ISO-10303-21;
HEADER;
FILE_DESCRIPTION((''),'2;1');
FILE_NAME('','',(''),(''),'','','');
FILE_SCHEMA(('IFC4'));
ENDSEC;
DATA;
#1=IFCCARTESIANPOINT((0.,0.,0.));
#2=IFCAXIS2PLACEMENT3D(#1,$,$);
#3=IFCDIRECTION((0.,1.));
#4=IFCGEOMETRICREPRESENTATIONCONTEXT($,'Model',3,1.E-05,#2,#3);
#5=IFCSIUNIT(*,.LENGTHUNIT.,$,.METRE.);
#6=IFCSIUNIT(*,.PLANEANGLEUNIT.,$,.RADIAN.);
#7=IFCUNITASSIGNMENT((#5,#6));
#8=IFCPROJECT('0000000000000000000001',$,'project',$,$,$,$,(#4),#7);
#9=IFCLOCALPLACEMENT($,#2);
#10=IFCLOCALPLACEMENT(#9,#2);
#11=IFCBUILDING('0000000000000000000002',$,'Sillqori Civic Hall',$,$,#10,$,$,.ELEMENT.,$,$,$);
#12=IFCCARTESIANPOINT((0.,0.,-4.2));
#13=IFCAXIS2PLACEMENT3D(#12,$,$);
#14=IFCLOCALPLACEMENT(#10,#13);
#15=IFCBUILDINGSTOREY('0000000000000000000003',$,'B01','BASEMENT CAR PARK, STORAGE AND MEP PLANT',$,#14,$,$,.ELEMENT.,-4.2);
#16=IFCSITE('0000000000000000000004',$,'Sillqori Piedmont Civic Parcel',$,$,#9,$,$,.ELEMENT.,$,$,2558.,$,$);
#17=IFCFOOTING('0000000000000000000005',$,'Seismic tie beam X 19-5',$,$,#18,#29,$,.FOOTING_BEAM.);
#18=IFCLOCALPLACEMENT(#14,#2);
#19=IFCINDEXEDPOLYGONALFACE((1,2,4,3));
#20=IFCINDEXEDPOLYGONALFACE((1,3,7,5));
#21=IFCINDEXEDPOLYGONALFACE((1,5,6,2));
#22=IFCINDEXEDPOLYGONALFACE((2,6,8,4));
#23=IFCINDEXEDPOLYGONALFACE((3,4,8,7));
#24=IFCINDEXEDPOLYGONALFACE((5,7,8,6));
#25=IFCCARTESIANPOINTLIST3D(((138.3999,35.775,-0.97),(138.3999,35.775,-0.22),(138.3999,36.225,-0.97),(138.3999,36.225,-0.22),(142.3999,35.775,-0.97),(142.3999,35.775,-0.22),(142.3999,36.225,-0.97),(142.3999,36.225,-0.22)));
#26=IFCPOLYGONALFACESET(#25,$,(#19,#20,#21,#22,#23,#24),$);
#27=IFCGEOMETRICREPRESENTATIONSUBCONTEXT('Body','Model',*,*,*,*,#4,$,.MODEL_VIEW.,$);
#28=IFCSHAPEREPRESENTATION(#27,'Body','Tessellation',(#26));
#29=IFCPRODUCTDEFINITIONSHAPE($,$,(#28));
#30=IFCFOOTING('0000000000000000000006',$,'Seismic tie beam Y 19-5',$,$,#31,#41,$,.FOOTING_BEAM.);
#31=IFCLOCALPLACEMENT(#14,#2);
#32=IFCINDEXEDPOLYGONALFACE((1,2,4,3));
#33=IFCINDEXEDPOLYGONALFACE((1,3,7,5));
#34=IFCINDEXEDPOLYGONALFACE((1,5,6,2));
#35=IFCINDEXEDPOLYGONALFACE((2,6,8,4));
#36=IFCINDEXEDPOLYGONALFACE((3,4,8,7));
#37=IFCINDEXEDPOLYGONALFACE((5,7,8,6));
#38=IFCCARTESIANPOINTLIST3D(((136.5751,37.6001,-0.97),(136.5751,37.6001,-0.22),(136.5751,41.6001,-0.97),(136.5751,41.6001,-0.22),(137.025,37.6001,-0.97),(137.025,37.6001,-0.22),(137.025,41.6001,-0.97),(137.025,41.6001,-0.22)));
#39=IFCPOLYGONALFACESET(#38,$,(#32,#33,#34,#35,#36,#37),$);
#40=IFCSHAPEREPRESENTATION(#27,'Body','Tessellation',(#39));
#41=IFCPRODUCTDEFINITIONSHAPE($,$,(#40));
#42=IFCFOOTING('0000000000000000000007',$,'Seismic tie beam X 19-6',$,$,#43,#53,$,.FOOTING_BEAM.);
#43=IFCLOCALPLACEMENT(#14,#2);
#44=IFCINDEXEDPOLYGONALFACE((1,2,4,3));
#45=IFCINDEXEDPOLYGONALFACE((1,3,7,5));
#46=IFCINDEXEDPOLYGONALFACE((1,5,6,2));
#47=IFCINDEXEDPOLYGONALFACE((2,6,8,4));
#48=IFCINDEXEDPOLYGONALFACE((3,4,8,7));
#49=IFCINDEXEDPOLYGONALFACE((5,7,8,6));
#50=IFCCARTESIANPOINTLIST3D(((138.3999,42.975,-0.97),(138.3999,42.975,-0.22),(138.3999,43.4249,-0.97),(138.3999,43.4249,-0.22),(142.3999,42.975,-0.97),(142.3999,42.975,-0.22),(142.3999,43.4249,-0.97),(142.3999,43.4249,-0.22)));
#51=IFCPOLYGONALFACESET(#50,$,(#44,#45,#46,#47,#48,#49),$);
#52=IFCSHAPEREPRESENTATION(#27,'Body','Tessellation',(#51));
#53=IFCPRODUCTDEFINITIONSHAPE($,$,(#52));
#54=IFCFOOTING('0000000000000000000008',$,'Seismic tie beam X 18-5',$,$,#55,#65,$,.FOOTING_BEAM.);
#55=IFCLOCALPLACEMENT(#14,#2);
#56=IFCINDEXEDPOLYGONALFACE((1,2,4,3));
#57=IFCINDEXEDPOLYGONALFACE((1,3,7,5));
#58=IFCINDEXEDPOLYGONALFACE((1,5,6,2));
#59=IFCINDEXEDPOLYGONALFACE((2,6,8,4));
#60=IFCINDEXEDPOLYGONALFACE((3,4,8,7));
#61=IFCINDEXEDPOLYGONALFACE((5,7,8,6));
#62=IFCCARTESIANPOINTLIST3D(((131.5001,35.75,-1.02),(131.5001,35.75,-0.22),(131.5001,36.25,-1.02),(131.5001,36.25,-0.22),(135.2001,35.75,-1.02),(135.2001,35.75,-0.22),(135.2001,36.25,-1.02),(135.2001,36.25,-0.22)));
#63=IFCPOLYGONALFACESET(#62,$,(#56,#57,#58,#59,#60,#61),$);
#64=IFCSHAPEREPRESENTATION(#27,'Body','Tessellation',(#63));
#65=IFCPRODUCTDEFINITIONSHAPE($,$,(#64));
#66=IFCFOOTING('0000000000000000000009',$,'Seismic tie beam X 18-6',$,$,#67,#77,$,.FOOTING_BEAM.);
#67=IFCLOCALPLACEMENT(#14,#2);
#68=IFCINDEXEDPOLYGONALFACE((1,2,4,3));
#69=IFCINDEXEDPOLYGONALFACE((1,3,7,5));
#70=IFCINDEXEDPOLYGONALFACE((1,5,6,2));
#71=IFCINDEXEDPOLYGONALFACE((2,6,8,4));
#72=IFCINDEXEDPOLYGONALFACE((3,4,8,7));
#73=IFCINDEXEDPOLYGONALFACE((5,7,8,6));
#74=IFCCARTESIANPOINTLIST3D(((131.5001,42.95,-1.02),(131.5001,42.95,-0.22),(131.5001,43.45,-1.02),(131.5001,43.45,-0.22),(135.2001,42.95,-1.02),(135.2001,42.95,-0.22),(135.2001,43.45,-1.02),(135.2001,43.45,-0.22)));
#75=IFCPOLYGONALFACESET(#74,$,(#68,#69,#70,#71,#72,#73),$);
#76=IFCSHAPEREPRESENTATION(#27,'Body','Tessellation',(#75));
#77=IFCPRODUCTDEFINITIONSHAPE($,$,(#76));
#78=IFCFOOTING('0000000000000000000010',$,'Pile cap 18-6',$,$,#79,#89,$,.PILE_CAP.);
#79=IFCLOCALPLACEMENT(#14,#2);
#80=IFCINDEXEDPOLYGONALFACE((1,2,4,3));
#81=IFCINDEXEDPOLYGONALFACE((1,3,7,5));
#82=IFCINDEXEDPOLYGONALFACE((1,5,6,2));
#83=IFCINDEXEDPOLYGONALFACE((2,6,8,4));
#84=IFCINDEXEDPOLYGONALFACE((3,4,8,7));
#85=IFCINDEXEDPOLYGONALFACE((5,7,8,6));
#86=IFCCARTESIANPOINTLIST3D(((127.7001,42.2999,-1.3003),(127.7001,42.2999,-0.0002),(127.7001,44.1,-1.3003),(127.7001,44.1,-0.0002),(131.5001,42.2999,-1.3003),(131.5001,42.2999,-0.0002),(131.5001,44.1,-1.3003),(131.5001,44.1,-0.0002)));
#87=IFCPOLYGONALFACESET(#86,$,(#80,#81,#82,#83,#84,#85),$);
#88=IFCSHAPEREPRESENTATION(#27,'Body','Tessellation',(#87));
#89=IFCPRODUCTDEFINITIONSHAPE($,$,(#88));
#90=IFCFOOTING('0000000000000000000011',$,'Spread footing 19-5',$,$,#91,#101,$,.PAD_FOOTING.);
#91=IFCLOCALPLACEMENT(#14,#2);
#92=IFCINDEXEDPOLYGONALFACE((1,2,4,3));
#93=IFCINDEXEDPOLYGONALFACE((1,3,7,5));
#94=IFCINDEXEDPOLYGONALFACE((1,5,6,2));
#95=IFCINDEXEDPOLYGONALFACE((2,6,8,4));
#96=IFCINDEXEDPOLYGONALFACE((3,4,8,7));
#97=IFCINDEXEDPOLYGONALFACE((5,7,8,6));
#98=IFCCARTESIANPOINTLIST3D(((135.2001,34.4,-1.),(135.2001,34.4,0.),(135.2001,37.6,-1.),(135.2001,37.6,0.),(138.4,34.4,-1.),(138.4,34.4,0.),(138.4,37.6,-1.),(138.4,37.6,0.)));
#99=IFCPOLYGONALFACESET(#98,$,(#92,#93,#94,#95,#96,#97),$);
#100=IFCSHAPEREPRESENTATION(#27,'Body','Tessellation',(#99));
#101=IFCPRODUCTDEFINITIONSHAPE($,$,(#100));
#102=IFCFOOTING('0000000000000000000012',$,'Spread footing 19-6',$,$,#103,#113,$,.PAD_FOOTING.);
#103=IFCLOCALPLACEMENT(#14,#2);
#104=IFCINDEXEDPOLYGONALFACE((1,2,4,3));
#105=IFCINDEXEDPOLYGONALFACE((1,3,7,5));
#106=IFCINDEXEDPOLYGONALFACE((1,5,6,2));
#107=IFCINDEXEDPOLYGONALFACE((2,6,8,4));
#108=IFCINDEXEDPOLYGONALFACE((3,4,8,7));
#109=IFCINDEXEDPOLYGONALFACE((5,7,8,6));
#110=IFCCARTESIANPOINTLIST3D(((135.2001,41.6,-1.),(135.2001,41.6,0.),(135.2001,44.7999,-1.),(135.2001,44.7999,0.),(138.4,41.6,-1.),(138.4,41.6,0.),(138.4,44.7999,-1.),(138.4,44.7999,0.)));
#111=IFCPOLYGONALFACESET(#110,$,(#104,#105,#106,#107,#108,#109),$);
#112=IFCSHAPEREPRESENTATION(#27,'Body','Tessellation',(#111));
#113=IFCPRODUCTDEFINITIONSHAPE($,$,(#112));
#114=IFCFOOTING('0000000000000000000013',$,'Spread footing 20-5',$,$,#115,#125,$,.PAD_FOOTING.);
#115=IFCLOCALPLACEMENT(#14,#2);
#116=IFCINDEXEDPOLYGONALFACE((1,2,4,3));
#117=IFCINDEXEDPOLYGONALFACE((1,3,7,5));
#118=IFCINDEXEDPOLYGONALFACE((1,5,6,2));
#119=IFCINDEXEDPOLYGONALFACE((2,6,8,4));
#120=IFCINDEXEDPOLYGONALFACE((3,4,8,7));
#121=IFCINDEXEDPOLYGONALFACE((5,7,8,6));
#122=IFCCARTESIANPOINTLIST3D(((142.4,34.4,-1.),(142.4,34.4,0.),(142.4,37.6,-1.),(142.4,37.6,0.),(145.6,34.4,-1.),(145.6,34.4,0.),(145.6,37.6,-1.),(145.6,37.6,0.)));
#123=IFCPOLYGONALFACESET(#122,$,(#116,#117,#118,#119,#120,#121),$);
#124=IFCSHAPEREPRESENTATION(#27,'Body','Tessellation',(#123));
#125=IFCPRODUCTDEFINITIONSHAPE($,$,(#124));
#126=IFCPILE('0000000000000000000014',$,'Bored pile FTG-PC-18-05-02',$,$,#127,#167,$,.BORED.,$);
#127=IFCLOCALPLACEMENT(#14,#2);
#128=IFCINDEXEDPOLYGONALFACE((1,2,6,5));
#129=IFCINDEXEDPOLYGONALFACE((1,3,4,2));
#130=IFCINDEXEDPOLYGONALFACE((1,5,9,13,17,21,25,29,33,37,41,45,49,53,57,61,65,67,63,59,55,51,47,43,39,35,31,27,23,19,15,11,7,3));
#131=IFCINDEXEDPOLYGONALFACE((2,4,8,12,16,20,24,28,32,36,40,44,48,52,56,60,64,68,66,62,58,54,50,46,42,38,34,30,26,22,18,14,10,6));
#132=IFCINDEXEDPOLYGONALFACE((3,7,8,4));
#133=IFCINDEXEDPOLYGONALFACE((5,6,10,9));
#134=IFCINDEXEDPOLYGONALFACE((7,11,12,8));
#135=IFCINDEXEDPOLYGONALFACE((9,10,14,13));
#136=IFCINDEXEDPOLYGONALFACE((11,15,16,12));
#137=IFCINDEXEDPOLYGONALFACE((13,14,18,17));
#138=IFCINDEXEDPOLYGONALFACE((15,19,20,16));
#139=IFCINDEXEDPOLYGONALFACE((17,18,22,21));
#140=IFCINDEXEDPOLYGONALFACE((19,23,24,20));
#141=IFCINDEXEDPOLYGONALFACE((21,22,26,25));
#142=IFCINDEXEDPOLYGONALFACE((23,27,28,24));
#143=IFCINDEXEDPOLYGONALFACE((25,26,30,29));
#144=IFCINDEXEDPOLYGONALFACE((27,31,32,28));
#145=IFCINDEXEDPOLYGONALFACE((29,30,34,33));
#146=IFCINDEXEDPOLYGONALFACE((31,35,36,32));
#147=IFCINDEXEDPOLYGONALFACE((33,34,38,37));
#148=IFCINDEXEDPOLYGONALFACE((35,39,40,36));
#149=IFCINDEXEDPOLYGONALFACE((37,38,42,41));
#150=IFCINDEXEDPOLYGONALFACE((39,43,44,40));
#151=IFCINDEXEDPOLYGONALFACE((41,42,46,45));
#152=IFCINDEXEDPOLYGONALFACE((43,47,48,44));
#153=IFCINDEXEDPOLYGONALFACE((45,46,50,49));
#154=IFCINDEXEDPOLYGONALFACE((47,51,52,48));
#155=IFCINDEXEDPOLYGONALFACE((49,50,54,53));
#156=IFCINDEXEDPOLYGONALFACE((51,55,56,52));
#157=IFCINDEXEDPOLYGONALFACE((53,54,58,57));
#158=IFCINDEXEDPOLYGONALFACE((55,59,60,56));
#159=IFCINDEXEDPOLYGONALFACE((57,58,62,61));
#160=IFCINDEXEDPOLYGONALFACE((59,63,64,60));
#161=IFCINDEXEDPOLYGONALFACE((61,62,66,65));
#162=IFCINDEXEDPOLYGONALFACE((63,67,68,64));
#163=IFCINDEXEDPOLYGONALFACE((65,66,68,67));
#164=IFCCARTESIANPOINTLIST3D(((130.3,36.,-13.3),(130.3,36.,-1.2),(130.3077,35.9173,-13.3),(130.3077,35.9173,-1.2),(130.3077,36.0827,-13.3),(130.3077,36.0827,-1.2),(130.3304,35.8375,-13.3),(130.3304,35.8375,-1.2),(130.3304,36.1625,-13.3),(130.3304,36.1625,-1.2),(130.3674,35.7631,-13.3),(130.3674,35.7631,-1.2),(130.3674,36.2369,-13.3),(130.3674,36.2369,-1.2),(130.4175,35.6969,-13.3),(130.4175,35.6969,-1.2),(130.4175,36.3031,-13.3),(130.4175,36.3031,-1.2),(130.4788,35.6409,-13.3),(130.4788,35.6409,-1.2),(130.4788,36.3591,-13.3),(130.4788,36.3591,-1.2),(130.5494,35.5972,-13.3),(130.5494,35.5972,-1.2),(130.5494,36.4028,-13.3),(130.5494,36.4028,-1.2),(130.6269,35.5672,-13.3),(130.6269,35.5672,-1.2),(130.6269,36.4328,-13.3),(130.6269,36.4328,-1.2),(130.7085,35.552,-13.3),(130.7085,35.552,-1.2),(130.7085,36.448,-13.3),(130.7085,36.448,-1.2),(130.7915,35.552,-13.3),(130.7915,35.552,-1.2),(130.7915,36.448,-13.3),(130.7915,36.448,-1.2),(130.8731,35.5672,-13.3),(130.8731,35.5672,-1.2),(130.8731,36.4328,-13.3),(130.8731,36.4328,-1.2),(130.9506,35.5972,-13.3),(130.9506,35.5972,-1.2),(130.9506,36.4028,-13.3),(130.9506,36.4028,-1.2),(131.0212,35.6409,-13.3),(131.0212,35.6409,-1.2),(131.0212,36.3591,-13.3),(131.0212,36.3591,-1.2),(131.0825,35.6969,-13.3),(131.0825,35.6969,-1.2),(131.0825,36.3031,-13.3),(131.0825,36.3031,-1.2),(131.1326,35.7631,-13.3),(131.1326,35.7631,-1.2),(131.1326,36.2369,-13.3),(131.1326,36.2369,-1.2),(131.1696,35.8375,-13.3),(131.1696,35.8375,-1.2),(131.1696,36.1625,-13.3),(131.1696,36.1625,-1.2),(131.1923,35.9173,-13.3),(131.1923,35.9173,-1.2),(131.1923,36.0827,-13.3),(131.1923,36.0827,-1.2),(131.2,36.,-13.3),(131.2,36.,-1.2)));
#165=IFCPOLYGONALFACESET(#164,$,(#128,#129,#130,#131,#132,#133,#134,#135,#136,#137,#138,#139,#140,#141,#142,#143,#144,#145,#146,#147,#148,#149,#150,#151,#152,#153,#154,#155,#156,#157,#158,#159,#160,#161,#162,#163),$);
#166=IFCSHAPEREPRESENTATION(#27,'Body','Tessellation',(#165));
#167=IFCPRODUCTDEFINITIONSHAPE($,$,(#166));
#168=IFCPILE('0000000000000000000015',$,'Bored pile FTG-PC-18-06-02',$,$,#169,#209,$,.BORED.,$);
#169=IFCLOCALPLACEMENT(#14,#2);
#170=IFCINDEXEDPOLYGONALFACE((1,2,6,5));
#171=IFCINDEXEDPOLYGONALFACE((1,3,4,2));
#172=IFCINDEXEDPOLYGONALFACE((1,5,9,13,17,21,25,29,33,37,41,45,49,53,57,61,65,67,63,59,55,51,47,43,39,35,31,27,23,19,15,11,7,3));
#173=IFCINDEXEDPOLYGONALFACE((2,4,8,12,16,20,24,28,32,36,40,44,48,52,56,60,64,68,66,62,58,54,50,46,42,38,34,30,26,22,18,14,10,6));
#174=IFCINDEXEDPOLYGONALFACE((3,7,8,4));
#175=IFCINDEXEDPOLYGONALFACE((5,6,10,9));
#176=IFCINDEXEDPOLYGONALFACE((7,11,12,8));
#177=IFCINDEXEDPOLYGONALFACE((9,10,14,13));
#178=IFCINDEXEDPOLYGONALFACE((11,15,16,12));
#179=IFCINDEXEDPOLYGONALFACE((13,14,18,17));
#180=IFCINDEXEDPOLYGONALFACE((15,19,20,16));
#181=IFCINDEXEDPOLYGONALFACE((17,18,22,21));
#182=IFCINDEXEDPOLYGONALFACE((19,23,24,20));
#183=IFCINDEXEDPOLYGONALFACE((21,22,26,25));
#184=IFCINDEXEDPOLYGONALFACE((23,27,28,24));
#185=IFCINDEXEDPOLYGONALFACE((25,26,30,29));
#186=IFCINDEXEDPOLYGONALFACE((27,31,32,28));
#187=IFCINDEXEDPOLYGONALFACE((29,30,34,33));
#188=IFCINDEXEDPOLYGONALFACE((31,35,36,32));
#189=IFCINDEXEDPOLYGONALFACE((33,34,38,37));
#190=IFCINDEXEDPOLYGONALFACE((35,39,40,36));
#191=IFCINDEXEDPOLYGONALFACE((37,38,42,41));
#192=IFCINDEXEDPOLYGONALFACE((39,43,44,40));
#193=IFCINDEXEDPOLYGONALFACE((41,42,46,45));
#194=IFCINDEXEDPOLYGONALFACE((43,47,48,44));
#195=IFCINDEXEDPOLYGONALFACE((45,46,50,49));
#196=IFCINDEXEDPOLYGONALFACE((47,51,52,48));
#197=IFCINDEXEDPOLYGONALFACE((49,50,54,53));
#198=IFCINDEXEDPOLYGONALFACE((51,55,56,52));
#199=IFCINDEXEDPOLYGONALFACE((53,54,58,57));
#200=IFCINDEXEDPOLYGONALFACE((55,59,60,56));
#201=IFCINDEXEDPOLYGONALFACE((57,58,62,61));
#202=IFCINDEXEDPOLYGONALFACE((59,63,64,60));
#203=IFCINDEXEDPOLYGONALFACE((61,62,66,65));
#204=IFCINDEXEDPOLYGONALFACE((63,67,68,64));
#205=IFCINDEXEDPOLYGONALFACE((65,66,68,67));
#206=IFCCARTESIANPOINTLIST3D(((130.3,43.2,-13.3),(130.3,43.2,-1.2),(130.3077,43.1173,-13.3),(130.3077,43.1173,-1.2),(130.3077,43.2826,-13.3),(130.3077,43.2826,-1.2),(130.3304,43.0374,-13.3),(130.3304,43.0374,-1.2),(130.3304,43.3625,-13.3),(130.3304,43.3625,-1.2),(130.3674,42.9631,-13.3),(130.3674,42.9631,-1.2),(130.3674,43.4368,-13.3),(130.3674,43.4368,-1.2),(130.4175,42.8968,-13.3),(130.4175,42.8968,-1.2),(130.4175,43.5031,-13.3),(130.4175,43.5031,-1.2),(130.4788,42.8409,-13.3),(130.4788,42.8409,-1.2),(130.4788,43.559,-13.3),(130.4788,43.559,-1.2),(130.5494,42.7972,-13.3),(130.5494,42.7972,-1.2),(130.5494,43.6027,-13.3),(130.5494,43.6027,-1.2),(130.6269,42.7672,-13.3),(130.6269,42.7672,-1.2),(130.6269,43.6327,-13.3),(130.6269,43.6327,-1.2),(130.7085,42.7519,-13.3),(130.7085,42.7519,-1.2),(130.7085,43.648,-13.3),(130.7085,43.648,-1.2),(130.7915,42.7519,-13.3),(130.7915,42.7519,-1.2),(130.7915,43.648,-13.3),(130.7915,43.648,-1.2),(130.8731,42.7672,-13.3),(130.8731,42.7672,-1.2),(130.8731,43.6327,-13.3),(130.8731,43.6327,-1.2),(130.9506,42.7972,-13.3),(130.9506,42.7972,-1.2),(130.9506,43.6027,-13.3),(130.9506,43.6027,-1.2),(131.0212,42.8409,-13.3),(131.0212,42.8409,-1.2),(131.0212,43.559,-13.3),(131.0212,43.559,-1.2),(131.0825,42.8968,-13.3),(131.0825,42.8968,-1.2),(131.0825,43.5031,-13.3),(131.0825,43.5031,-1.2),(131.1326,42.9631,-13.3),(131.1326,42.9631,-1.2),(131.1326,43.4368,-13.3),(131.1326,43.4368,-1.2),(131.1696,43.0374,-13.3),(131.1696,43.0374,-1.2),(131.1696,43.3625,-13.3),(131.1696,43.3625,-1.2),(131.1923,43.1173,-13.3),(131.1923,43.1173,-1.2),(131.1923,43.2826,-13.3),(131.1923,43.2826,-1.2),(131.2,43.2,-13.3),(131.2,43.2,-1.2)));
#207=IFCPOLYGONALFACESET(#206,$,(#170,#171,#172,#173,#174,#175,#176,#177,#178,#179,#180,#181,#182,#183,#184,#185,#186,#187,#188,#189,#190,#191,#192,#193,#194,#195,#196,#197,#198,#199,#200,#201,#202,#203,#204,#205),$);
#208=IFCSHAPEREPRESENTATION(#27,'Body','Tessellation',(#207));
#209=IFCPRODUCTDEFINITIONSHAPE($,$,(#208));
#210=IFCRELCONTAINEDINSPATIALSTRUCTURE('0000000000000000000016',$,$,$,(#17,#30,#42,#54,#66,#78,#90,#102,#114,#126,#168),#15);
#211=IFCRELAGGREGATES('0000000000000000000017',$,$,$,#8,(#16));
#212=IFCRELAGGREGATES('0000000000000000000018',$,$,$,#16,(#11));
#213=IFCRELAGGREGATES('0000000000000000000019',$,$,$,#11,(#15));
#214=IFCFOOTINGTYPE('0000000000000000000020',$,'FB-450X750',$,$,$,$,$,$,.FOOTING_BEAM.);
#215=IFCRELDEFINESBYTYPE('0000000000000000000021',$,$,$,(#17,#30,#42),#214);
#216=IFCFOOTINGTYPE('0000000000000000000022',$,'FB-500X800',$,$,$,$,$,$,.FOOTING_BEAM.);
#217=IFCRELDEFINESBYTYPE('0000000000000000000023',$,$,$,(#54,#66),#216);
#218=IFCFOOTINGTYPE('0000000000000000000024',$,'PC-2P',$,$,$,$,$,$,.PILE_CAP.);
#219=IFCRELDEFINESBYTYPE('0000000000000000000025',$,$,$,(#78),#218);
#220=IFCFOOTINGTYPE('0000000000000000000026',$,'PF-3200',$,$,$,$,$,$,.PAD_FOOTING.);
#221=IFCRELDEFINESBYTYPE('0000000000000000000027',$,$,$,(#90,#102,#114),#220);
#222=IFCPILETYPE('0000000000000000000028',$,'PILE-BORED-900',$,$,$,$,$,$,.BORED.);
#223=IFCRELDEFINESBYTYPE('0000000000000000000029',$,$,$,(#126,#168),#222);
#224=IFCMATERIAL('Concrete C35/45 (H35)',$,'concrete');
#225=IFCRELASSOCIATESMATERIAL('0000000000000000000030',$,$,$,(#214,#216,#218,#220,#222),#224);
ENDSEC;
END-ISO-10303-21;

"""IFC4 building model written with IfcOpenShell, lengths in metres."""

from ifc_helpers import new_model, si_unit, direction, frame, origin, origin_2d, place, context, subcontext, project, spatial, rectangle, circle, extrude, material, material_profile, profile_set, type_object, element, save


model = new_model("IFC4")

# Units and contexts
model_context = context("Model", 3, precision=1e-05, world=origin(), true_north=direction((0.0, 1.0)))
body_context = subcontext(model_context, "Body", "Model", "MODEL_VIEW")
ifc_project = project(units=[si_unit("LENGTHUNIT", "METRE"), si_unit("PLANEANGLEUNIT", "RADIAN")], contexts=[model_context])

# Site, building, storey
site_placement = place(None, origin())
site = spatial("IfcSite", under=ifc_project, at=site_placement, Name="Sillqori Piedmont Civic Parcel", CompositionType="ELEMENT", RefElevation=2558.0)
building_placement = place(site_placement, origin())
building = spatial("IfcBuilding", under=site, at=building_placement, Name="Sillqori Civic Hall", CompositionType="ELEMENT")
storey_placement = place(building_placement, frame((0.0, 0.0, -4.2)))
storey = spatial("IfcBuildingStorey", under=building, at=storey_placement, Name="B01", Description="BASEMENT CAR PARK, STORAGE AND MEP PLANT", CompositionType="ELEMENT", Elevation=-4.2)

# Footings
ifc_material_1 = material(Name="Concrete C35/45 (H35)", Category="concrete")
footing_type_1 = type_object("IfcFootingType", Name="FB-450X750", PredefinedType="FOOTING_BEAM", material=ifc_material_1)
footing_1_placement = place(storey_placement, frame((140.3999, 36.0, -0.97), z_axis=(0.0, 0.0, 1.0), x_axis=(1.0, 0.0, 0.0)))
element("IfcFooting", 1, at=footing_1_placement, inside=storey, type_object=footing_type_1, Name="Seismic tie beam X 19-5", PredefinedType="FOOTING_BEAM", context=body_context, shape_type="SweptSolid", body=[
    extrude(rectangle(XDim=4.0, YDim=0.45, at=origin_2d()), origin(), (0.0, 0.0, 1.0), 0.75),
])
footing_2_placement = place(storey_placement, frame((136.8, 39.6001, -0.97), z_axis=(0.0, 0.0, 1.0), x_axis=(1.0, 0.0, 0.0)))
element("IfcFooting", 2, at=footing_2_placement, inside=storey, type_object=footing_type_1, Name="Seismic tie beam Y 19-5", PredefinedType="FOOTING_BEAM", context=body_context, shape_type="SweptSolid", body=[
    extrude(rectangle(XDim=0.45, YDim=4.0, at=origin_2d()), origin(), (0.0, 0.0, 1.0), 0.75),
])
footing_3_placement = place(storey_placement, frame((140.3999, 43.2, -0.97), z_axis=(0.0, 0.0, 1.0), x_axis=(1.0, 0.0, 0.0)))
element("IfcFooting", 3, at=footing_3_placement, inside=storey, type_object=footing_type_1, Name="Seismic tie beam X 19-6", PredefinedType="FOOTING_BEAM", context=body_context, shape_type="SweptSolid", body=[
    extrude(rectangle(XDim=4.0, YDim=0.45, at=origin_2d()), origin(), (0.0, 0.0, 1.0), 0.75),
])
footing_type_2 = type_object("IfcFootingType", Name="FB-500X800", PredefinedType="FOOTING_BEAM", material=ifc_material_1)
for number, where, z_axis, x_axis, name in (
    (4, (133.3501, 36.0, -1.02), (0.0, 0.0, 1.0), (1.0, 0.0, 0.0), "Seismic tie beam X 18-5"),
    (5, (133.3501, 43.2, -1.02), (0.0, 0.0, 1.0), (1.0, 0.0, 0.0), "Seismic tie beam X 18-6"),
):
    element("IfcFooting", number, at=place(storey_placement, frame(where, z_axis=z_axis, x_axis=x_axis)), inside=storey, type_object=footing_type_2, Name=name, PredefinedType="FOOTING_BEAM", context=body_context, shape_type="SweptSolid", body=[
        extrude(rectangle(XDim=3.7, YDim=0.5, at=origin_2d()), origin(), (0.0, 0.0, 1.0), 0.8),
    ])
footing_type_3 = type_object("IfcFootingType", Name="PC-2P", PredefinedType="PILE_CAP", material=ifc_material_1)
footing_4_placement = place(storey_placement, frame((129.6001, 43.2, -1.3003), z_axis=(0.0, 0.0, 1.0), x_axis=(1.0, 0.0, 0.0)))
element("IfcFooting", 6, at=footing_4_placement, inside=storey, type_object=footing_type_3, Name="Pile cap 18-6", PredefinedType="PILE_CAP", context=body_context, shape_type="SweptSolid", body=[
    extrude(rectangle(XDim=3.8, YDim=1.8, at=origin_2d()), origin(), (0.0, 0.0, 1.0), 1.3),
])
footing_type_4 = type_object("IfcFootingType", Name="PF-3200", PredefinedType="PAD_FOOTING", material=ifc_material_1)
for number, where, z_axis, x_axis, name in (
    (7, (136.8, 36.0, -1.0), (0.0, 0.0, 1.0), (1.0, 0.0, 0.0), "Spread footing 19-5"),
    (8, (136.8, 43.2, -1.0), (0.0, 0.0, 1.0), (1.0, 0.0, 0.0), "Spread footing 19-6"),
    (9, (144.0, 36.0, -1.0), (0.0, 0.0, 1.0), (1.0, 0.0, 0.0), "Spread footing 20-5"),
):
    element("IfcFooting", number, at=place(storey_placement, frame(where, z_axis=z_axis, x_axis=x_axis)), inside=storey, type_object=footing_type_4, Name=name, PredefinedType="PAD_FOOTING", context=body_context, shape_type="SweptSolid", body=[
        extrude(rectangle(XDim=3.2, YDim=3.2, at=origin_2d()), origin(), (0.0, 0.0, 1.0), 1.0),
    ])

# Piles
ifc_material_profile_1 = material_profile(ifc_material_1, circle(Radius=0.45, at=origin_2d()), Name="BORED PILE 900")
ifc_profile_set_1 = profile_set([ifc_material_profile_1], Name="Concrete C35/45 (H35)")
pile_type = type_object("IfcPileType", Name="PILE-BORED-900", PredefinedType="BORED", material=ifc_profile_set_1)
for number, where, z_axis, x_axis, name in (
    (10, (130.75, 36.0, -1.2), (0.0, 0.0, -1.0), (1.0, 0.0, 0.0), "Bored pile FTG-PC-18-05-02"),
    (11, (130.75, 43.2, -1.2), (0.0, 0.0, -1.0), (1.0, 0.0, 0.0), "Bored pile FTG-PC-18-06-02"),
):
    element("IfcPile", number, at=place(storey_placement, frame(where, z_axis=z_axis, x_axis=x_axis)), inside=storey, type_object=pile_type, Name=name, PredefinedType="BORED", context=body_context, shape_type="SweptSolid", body=[
        extrude(circle(Radius=0.45, at=origin_2d()), origin(), (0.0, 0.0, 1.0), 12.1001),
    ])

save(model, "model.ifc")
